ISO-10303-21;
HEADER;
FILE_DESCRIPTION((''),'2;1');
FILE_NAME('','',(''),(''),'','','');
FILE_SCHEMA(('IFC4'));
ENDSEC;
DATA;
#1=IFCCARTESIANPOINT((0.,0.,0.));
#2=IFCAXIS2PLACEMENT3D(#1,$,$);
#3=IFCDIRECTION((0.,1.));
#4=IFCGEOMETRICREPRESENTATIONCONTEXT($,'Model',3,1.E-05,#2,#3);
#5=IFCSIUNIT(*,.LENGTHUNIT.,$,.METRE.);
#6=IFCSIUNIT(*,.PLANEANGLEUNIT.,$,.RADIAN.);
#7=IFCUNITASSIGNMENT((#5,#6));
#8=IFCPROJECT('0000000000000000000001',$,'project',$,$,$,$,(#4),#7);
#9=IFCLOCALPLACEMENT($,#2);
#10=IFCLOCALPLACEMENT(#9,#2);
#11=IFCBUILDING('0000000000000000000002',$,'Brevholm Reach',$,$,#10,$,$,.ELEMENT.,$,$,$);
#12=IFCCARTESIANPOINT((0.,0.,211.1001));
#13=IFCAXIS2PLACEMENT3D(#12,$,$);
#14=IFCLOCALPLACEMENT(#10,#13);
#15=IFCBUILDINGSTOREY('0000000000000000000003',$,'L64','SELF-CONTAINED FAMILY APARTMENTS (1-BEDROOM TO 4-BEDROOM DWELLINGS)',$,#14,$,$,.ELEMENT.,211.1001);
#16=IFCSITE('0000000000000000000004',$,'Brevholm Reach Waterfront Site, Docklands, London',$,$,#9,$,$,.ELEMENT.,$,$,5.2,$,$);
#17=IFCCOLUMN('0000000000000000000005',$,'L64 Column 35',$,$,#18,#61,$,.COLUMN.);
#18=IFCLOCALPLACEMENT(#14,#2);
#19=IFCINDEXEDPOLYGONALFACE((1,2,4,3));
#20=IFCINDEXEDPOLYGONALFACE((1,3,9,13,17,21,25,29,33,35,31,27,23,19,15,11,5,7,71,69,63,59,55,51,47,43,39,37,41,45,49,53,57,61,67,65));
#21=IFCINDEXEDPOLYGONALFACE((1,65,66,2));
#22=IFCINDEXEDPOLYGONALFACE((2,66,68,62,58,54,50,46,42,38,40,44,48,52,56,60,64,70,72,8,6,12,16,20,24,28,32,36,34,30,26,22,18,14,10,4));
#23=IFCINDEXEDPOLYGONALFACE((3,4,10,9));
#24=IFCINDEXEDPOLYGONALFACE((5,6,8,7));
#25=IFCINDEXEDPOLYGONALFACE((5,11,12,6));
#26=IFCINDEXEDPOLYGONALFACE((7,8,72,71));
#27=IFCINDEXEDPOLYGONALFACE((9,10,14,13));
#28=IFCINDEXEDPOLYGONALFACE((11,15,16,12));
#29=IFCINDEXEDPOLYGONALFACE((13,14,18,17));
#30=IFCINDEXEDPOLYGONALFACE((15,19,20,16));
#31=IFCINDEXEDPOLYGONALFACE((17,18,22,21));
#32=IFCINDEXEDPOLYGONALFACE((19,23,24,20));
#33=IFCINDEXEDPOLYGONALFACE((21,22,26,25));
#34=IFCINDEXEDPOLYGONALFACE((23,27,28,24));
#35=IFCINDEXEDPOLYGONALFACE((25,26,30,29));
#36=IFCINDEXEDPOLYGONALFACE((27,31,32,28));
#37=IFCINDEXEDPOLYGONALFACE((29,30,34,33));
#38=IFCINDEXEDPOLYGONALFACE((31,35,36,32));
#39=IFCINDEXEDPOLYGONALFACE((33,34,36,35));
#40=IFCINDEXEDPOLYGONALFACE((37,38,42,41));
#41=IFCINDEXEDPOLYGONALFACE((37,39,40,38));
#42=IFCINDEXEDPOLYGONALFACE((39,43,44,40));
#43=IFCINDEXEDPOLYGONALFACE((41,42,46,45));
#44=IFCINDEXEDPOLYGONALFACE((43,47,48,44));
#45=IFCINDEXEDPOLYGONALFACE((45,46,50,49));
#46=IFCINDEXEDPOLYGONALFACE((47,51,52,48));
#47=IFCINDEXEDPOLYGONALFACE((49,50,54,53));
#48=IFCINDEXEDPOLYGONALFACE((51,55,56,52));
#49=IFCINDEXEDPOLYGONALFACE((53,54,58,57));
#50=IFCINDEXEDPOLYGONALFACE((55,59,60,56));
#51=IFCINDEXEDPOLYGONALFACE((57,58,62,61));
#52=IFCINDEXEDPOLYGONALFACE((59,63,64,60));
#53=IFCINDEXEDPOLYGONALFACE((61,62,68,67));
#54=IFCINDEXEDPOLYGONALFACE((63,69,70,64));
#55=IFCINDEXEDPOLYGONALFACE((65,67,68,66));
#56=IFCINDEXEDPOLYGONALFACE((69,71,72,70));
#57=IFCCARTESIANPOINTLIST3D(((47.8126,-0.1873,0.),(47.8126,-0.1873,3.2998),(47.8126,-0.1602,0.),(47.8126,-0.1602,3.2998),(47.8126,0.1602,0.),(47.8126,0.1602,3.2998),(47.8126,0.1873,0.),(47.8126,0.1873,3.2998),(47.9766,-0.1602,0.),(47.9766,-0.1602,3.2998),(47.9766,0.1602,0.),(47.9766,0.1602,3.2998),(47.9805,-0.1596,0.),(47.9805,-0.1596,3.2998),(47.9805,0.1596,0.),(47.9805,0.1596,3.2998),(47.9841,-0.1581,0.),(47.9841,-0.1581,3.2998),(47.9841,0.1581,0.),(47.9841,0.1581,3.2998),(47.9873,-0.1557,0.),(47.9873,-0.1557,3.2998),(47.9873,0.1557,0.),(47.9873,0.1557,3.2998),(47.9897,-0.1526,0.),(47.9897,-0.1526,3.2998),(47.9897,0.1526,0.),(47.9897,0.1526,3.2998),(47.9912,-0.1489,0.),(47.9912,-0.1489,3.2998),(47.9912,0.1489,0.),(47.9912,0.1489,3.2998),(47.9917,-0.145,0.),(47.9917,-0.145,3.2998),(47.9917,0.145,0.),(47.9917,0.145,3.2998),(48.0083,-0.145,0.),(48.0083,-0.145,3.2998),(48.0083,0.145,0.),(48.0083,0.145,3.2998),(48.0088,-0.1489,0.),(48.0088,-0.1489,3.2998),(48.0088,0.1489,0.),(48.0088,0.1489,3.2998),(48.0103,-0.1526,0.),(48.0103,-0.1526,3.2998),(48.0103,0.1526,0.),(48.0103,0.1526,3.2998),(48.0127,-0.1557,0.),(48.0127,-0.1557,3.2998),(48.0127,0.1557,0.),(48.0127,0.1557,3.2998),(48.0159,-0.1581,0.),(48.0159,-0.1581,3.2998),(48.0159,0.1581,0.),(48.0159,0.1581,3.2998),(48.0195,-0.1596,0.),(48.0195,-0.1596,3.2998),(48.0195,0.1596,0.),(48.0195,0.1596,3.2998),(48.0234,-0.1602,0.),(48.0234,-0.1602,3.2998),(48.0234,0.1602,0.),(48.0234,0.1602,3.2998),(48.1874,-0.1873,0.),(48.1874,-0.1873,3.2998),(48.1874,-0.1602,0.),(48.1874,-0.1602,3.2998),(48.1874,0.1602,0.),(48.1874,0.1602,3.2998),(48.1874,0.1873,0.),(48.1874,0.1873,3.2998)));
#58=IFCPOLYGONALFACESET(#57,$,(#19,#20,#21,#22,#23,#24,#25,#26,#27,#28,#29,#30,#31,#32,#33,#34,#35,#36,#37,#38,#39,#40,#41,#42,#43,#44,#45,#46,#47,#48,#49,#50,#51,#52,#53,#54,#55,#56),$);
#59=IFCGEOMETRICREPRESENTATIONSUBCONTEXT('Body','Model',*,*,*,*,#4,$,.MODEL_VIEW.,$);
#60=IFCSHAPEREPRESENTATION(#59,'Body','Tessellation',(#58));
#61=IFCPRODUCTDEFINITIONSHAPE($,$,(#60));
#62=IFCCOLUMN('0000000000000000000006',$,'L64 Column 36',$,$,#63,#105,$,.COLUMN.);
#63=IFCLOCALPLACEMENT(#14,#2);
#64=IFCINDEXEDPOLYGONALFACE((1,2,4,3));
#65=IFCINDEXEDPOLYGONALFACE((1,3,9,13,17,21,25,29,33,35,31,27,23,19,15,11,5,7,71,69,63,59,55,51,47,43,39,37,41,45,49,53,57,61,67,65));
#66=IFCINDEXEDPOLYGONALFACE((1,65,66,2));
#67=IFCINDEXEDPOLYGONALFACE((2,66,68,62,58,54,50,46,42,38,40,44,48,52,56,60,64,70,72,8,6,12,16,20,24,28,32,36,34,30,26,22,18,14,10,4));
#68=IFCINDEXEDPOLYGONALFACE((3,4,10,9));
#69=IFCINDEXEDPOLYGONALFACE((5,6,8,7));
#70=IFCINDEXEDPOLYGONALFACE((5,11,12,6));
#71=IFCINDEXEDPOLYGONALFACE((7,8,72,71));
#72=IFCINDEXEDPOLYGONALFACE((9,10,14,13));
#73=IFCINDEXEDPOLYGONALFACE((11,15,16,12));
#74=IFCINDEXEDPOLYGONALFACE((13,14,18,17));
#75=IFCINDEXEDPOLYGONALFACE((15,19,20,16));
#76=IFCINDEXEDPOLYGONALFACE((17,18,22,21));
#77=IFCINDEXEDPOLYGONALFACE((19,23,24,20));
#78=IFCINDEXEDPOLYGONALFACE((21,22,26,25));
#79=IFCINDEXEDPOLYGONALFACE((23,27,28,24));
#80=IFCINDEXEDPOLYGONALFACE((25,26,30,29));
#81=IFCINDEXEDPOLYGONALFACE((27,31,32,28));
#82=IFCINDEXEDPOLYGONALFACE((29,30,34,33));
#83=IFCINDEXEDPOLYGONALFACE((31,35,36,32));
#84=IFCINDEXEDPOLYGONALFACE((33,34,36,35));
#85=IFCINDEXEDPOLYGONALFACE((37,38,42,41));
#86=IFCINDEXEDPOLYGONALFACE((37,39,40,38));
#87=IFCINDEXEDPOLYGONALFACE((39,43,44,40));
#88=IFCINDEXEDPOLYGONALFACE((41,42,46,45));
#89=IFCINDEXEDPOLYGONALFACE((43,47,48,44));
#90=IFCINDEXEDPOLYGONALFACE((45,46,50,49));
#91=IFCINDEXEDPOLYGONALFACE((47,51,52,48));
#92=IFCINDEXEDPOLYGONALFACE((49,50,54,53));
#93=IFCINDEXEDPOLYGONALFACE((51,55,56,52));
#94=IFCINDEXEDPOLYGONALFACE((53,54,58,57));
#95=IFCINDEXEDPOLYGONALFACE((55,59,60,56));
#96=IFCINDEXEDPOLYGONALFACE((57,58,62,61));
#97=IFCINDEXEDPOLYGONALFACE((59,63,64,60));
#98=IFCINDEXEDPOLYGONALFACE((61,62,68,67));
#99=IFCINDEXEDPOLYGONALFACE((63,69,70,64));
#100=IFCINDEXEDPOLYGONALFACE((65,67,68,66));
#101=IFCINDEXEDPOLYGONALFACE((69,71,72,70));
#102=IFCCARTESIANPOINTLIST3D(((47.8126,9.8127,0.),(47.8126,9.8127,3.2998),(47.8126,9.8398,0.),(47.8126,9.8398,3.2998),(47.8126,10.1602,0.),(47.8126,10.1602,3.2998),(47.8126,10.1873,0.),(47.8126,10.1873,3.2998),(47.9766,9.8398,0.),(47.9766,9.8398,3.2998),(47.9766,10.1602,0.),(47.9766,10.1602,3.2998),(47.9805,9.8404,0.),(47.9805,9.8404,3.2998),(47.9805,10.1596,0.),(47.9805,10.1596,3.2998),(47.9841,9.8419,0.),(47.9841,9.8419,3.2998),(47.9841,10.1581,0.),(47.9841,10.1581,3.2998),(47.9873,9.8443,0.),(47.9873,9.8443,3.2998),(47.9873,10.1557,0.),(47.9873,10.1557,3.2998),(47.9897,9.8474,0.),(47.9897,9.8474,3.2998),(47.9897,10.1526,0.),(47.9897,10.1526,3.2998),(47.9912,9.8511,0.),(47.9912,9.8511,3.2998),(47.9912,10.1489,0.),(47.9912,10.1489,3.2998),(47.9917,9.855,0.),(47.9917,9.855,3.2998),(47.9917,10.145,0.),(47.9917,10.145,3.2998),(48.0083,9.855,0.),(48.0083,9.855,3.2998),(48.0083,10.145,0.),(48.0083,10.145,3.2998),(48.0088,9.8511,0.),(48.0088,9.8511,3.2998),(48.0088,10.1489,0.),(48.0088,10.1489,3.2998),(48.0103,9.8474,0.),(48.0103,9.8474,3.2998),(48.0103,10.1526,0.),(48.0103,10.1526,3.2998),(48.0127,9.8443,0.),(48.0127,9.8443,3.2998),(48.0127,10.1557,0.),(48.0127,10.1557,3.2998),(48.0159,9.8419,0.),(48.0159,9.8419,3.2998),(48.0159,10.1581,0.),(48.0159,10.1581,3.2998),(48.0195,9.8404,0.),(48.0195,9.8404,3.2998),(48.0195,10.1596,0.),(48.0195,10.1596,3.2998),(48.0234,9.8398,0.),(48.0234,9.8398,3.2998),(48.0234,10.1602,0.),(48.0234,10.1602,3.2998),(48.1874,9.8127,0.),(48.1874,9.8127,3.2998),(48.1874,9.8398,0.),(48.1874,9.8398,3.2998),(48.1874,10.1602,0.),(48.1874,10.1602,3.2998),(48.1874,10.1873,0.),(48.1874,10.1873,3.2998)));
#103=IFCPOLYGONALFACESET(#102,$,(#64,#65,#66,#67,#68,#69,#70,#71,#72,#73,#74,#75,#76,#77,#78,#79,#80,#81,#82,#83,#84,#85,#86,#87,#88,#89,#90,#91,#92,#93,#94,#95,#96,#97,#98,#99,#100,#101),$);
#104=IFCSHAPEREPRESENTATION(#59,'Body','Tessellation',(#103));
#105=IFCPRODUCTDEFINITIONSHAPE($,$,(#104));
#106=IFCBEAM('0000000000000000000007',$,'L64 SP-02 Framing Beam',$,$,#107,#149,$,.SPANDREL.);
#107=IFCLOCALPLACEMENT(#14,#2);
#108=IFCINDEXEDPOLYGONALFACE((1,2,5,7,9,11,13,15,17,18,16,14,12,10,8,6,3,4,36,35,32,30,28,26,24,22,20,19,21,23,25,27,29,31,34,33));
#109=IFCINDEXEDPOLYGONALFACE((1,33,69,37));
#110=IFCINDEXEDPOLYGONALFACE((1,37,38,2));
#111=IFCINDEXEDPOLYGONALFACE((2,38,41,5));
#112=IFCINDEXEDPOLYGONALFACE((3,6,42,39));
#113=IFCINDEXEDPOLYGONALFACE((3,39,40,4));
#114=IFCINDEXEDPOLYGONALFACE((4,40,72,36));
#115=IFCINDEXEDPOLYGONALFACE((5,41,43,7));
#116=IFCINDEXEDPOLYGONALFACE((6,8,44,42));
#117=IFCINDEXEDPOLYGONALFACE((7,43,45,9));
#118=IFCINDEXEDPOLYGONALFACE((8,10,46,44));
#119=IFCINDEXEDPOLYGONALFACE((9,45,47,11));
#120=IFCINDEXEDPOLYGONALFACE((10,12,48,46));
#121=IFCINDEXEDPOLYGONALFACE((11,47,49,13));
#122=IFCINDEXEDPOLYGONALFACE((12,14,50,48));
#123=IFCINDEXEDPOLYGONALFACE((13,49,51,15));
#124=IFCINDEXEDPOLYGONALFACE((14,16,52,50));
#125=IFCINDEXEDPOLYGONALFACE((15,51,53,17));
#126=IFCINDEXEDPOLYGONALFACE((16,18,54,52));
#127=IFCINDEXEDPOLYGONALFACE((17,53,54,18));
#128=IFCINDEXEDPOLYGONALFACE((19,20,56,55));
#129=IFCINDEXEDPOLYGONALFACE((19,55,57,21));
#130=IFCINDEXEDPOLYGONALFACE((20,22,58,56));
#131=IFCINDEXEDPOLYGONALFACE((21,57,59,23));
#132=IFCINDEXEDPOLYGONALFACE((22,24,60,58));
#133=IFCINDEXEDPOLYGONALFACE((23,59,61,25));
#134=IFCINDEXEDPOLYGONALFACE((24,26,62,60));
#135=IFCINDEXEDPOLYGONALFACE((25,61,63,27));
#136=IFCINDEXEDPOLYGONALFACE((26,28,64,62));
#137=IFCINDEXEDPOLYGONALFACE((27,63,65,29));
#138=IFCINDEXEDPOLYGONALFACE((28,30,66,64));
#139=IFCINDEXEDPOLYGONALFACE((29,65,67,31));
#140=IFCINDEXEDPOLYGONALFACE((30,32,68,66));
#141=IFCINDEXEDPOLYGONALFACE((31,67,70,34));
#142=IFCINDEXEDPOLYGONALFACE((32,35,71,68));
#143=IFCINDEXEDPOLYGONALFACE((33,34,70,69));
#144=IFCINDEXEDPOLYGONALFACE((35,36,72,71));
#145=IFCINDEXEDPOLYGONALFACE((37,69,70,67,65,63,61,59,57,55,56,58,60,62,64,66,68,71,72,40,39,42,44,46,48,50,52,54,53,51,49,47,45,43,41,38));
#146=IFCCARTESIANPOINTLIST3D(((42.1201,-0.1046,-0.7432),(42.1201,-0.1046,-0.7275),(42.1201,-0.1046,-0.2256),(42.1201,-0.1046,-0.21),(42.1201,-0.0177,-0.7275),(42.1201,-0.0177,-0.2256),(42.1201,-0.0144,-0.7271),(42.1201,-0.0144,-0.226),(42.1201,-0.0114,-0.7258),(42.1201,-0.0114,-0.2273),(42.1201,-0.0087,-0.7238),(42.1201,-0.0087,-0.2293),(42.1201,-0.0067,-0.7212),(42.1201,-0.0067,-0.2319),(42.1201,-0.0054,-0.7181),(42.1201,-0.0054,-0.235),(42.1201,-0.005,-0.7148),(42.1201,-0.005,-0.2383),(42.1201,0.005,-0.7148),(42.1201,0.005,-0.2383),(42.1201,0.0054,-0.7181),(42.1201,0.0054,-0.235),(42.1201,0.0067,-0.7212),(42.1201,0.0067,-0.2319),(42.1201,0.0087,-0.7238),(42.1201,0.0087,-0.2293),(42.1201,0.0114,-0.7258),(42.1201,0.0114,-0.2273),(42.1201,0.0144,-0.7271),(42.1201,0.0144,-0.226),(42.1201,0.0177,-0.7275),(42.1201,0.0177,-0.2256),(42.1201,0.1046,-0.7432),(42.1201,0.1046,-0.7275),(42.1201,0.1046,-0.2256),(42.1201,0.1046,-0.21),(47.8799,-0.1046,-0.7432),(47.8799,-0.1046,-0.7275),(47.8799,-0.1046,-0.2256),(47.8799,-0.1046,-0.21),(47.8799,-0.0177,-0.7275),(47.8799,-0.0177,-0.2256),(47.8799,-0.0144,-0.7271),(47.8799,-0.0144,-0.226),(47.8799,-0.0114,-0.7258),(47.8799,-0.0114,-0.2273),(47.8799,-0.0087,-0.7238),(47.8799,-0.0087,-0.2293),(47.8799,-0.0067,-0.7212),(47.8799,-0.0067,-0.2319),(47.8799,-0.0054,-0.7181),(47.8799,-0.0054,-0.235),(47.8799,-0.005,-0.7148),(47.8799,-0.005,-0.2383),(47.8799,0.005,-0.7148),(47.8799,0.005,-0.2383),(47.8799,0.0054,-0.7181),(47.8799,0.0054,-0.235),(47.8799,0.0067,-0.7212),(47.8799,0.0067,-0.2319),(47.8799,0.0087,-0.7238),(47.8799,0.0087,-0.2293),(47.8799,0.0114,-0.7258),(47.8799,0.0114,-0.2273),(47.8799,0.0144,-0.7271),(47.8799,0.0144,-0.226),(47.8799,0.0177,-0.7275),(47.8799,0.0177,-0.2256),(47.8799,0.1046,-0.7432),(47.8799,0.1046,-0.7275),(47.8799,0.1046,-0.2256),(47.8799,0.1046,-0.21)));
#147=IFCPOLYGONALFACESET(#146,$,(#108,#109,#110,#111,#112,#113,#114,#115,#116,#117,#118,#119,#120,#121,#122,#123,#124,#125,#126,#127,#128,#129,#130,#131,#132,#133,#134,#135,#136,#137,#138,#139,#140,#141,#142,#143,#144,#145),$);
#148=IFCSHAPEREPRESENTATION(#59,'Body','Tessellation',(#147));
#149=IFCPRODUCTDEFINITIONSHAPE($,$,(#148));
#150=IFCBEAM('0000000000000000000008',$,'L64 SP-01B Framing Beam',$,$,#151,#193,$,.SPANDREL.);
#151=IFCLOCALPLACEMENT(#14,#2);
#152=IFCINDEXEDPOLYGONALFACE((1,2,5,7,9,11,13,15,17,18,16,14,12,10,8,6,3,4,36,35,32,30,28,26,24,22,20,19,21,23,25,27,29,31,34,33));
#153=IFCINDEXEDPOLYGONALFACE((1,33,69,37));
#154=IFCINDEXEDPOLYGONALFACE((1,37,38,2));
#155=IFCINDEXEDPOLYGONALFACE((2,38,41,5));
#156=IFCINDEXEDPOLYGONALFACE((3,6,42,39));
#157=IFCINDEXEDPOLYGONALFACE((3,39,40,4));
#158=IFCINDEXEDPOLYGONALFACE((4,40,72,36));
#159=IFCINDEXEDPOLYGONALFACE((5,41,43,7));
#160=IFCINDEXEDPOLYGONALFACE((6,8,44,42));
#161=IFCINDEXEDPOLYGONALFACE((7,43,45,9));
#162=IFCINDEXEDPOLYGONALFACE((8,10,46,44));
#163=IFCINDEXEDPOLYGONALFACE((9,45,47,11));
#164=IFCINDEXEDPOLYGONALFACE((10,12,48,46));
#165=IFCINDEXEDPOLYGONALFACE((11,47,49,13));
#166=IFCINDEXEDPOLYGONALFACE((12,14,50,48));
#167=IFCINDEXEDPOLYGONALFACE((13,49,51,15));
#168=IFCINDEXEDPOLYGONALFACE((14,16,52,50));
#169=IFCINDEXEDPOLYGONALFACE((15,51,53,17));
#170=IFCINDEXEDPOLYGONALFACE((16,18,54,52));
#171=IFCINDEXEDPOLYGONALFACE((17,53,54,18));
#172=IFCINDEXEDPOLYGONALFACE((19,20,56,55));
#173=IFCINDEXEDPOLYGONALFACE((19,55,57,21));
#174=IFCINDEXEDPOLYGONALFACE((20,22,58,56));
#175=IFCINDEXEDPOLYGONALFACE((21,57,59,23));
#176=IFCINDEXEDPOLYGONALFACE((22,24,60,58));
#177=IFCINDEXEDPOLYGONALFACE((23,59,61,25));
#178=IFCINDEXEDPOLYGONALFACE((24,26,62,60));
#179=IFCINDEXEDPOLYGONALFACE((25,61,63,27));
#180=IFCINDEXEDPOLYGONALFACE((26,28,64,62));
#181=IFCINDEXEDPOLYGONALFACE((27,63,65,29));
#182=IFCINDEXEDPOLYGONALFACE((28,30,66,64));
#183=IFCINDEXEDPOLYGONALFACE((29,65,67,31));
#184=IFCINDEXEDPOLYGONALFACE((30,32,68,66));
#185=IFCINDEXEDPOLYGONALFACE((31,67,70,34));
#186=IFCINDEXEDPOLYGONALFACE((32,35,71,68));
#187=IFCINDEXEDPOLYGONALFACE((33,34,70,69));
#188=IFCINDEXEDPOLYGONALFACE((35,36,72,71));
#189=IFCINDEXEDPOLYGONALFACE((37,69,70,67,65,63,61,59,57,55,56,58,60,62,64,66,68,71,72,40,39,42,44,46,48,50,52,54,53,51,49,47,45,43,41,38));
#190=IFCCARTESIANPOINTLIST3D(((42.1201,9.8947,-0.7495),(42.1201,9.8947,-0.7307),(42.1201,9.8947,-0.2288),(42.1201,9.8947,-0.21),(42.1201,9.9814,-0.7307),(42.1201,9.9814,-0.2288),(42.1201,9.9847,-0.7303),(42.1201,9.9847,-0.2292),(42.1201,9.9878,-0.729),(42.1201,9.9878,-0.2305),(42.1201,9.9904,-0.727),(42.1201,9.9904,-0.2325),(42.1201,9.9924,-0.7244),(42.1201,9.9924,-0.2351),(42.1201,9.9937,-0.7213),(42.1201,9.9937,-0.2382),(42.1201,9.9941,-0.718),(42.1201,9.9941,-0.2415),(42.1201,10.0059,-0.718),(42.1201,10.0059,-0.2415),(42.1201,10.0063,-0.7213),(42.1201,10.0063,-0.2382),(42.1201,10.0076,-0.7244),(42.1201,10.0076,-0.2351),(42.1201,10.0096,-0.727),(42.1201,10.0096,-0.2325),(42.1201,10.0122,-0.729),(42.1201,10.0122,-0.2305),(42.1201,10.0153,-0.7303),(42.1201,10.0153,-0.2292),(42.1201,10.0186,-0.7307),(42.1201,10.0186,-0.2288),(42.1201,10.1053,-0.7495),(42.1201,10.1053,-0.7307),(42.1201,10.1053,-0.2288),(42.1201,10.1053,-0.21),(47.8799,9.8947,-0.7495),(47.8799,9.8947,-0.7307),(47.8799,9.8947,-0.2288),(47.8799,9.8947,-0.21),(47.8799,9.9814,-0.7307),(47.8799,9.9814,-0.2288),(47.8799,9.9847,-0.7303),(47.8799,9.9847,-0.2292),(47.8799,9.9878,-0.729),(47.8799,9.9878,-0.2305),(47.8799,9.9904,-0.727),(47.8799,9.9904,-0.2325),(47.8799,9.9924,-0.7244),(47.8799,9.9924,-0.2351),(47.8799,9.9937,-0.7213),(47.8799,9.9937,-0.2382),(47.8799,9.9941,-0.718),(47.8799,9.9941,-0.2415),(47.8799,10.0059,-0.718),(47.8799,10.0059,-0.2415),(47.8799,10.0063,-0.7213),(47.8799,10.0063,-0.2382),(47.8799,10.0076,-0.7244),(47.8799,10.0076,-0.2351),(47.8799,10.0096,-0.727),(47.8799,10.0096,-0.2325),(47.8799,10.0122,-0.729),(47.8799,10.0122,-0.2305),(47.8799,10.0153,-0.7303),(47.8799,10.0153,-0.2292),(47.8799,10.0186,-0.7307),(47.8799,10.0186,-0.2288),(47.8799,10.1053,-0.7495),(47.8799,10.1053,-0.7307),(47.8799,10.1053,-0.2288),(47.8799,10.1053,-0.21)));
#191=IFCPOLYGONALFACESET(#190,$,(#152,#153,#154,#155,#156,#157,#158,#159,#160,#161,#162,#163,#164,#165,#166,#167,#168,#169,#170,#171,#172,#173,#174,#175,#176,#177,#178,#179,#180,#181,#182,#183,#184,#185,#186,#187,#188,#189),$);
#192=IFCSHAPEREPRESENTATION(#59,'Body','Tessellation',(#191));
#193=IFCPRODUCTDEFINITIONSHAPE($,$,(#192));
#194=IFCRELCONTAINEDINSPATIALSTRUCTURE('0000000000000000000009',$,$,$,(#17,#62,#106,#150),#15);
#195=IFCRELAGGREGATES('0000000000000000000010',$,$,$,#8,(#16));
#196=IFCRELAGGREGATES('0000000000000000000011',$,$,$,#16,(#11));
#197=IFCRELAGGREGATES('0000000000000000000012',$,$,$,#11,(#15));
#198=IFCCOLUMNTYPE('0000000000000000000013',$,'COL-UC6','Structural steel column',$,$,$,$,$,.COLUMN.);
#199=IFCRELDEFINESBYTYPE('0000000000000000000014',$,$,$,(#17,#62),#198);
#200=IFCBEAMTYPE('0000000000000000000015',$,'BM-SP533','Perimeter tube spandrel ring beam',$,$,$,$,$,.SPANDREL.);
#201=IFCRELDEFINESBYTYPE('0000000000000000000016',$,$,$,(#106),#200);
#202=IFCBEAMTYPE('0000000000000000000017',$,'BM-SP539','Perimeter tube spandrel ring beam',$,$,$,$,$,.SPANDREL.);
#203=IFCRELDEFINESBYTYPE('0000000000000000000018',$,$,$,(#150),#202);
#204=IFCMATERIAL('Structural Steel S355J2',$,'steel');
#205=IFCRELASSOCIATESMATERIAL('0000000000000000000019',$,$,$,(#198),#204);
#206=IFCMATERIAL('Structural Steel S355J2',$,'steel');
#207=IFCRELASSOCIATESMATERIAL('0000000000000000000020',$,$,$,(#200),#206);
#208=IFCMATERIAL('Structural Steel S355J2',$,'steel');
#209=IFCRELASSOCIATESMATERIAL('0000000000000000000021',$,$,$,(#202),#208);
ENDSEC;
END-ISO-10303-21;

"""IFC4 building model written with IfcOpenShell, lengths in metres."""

from ifc_helpers import new_model, si_unit, direction, frame, origin, origin_2d, place, context, subcontext, project, spatial, i_section, extrude, material, material_profile, profile_set, type_object, element, save


model = new_model("IFC4")

# Units and contexts
model_context = context("Model", 3, precision=1e-05, world=origin(), true_north=direction((0.0, 1.0)))
body_context = subcontext(model_context, "Body", "Model", "MODEL_VIEW")
ifc_project = project(units=[si_unit("LENGTHUNIT", "METRE"), si_unit("PLANEANGLEUNIT", "RADIAN")], contexts=[model_context])

# Site, building, storey
site_placement = place(None, origin())
site = spatial("IfcSite", under=ifc_project, at=site_placement, Name="Brevholm Reach Waterfront Site, Docklands, London", CompositionType="ELEMENT", RefElevation=5.2)
building_placement = place(site_placement, origin())
building = spatial("IfcBuilding", under=site, at=building_placement, Name="Brevholm Reach", CompositionType="ELEMENT")
storey_placement = place(building_placement, frame((0.0, 0.0, 211.1001)))
storey = spatial("IfcBuildingStorey", under=building, at=storey_placement, Name="L64", Description="SELF-CONTAINED FAMILY APARTMENTS (1-BEDROOM TO 4-BEDROOM DWELLINGS)", CompositionType="ELEMENT", Elevation=211.1001)

# Columns
ifc_material_1 = material(Name="Structural Steel S355J2", Category="steel")
ifc_material_profile_1 = material_profile(ifc_material_1, i_section(OverallWidth=0.3748, OverallDepth=0.3745, WebThickness=0.0166, FlangeThickness=0.0271, FilletRadius=0.0151, at=origin_2d()), Name="UKC 356x368x202")
ifc_profile_set_1 = profile_set([ifc_material_profile_1], Name="Structural Steel S355J2")
column_type = type_object("IfcColumnType", Name="COL-UC6", Description="Structural steel column", PredefinedType="COLUMN", material=ifc_profile_set_1)
for number, where, z_axis, x_axis, name in (
    (1, (48.0, 0.0, 0.0), (0.0, 0.0, 1.0), (1.0, 0.0, 0.0), "L64 Column 35"),
    (2, (48.0, 10.0, 0.0), (0.0, 0.0, 1.0), (1.0, 0.0, 0.0), "L64 Column 36"),
):
    element("IfcColumn", number, at=place(storey_placement, frame(where, z_axis=z_axis, x_axis=x_axis)), inside=storey, type_object=column_type, Name=name, PredefinedType="COLUMN", context=body_context, shape_type="SweptSolid", body=[
        extrude(i_section(OverallWidth=0.3748, OverallDepth=0.3745, WebThickness=0.0166, FlangeThickness=0.0271, FilletRadius=0.0151, at=origin_2d()), origin(), (0.0, 0.0, 1.0), 3.2998),
    ])

# Beams
ifc_material_2 = material(Name="Structural Steel S355J2", Category="steel")
ifc_material_profile_2 = material_profile(ifc_material_2, i_section(OverallWidth=0.2092, OverallDepth=0.5332, WebThickness=0.01, FlangeThickness=0.0156, FilletRadius=0.0127, at=origin_2d()), Name="UKB 533x210x92")
ifc_profile_set_2 = profile_set([ifc_material_profile_2], Name="Structural Steel S355J2")
beam_type_1 = type_object("IfcBeamType", Name="BM-SP533", Description="Perimeter tube spandrel ring beam", PredefinedType="SPANDREL", material=ifc_profile_set_2)
beam_1_placement = place(storey_placement, frame((42.1201, 0.0, -0.4766), z_axis=(1.0, 0.0, 0.0), x_axis=(0.0, 1.0, 0.0)))
element("IfcBeam", 3, at=beam_1_placement, inside=storey, type_object=beam_type_1, Name="L64 SP-02 Framing Beam", PredefinedType="SPANDREL", context=body_context, shape_type="SweptSolid", body=[
    extrude(i_section(OverallWidth=0.2092, OverallDepth=0.5332, WebThickness=0.01, FlangeThickness=0.0156, FilletRadius=0.0127, at=origin_2d()), origin(), (0.0, 0.0, 1.0), 5.7598),
])
ifc_material_3 = material(Name="Structural Steel S355J2", Category="steel")
ifc_material_profile_3 = material_profile(ifc_material_3, i_section(OverallWidth=0.2107, OverallDepth=0.5396, WebThickness=0.0117, FlangeThickness=0.0188, FilletRadius=0.0127, at=origin_2d()), Name="UKB 533x210x109")
ifc_profile_set_3 = profile_set([ifc_material_profile_3], Name="Structural Steel S355J2")
beam_type_2 = type_object("IfcBeamType", Name="BM-SP539", Description="Perimeter tube spandrel ring beam", PredefinedType="SPANDREL", material=ifc_profile_set_3)
beam_2_placement = place(storey_placement, frame((42.1201, 10.0, -0.4797), z_axis=(1.0, 0.0, 0.0), x_axis=(0.0, 1.0, 0.0)))
element("IfcBeam", 4, at=beam_2_placement, inside=storey, type_object=beam_type_2, Name="L64 SP-01B Framing Beam", PredefinedType="SPANDREL", context=body_context, shape_type="SweptSolid", body=[
    extrude(i_section(OverallWidth=0.2107, OverallDepth=0.5396, WebThickness=0.0117, FlangeThickness=0.0188, FilletRadius=0.0127, at=origin_2d()), origin(), (0.0, 0.0, 1.0), 5.7598),
])

save(model, "model.ifc")
